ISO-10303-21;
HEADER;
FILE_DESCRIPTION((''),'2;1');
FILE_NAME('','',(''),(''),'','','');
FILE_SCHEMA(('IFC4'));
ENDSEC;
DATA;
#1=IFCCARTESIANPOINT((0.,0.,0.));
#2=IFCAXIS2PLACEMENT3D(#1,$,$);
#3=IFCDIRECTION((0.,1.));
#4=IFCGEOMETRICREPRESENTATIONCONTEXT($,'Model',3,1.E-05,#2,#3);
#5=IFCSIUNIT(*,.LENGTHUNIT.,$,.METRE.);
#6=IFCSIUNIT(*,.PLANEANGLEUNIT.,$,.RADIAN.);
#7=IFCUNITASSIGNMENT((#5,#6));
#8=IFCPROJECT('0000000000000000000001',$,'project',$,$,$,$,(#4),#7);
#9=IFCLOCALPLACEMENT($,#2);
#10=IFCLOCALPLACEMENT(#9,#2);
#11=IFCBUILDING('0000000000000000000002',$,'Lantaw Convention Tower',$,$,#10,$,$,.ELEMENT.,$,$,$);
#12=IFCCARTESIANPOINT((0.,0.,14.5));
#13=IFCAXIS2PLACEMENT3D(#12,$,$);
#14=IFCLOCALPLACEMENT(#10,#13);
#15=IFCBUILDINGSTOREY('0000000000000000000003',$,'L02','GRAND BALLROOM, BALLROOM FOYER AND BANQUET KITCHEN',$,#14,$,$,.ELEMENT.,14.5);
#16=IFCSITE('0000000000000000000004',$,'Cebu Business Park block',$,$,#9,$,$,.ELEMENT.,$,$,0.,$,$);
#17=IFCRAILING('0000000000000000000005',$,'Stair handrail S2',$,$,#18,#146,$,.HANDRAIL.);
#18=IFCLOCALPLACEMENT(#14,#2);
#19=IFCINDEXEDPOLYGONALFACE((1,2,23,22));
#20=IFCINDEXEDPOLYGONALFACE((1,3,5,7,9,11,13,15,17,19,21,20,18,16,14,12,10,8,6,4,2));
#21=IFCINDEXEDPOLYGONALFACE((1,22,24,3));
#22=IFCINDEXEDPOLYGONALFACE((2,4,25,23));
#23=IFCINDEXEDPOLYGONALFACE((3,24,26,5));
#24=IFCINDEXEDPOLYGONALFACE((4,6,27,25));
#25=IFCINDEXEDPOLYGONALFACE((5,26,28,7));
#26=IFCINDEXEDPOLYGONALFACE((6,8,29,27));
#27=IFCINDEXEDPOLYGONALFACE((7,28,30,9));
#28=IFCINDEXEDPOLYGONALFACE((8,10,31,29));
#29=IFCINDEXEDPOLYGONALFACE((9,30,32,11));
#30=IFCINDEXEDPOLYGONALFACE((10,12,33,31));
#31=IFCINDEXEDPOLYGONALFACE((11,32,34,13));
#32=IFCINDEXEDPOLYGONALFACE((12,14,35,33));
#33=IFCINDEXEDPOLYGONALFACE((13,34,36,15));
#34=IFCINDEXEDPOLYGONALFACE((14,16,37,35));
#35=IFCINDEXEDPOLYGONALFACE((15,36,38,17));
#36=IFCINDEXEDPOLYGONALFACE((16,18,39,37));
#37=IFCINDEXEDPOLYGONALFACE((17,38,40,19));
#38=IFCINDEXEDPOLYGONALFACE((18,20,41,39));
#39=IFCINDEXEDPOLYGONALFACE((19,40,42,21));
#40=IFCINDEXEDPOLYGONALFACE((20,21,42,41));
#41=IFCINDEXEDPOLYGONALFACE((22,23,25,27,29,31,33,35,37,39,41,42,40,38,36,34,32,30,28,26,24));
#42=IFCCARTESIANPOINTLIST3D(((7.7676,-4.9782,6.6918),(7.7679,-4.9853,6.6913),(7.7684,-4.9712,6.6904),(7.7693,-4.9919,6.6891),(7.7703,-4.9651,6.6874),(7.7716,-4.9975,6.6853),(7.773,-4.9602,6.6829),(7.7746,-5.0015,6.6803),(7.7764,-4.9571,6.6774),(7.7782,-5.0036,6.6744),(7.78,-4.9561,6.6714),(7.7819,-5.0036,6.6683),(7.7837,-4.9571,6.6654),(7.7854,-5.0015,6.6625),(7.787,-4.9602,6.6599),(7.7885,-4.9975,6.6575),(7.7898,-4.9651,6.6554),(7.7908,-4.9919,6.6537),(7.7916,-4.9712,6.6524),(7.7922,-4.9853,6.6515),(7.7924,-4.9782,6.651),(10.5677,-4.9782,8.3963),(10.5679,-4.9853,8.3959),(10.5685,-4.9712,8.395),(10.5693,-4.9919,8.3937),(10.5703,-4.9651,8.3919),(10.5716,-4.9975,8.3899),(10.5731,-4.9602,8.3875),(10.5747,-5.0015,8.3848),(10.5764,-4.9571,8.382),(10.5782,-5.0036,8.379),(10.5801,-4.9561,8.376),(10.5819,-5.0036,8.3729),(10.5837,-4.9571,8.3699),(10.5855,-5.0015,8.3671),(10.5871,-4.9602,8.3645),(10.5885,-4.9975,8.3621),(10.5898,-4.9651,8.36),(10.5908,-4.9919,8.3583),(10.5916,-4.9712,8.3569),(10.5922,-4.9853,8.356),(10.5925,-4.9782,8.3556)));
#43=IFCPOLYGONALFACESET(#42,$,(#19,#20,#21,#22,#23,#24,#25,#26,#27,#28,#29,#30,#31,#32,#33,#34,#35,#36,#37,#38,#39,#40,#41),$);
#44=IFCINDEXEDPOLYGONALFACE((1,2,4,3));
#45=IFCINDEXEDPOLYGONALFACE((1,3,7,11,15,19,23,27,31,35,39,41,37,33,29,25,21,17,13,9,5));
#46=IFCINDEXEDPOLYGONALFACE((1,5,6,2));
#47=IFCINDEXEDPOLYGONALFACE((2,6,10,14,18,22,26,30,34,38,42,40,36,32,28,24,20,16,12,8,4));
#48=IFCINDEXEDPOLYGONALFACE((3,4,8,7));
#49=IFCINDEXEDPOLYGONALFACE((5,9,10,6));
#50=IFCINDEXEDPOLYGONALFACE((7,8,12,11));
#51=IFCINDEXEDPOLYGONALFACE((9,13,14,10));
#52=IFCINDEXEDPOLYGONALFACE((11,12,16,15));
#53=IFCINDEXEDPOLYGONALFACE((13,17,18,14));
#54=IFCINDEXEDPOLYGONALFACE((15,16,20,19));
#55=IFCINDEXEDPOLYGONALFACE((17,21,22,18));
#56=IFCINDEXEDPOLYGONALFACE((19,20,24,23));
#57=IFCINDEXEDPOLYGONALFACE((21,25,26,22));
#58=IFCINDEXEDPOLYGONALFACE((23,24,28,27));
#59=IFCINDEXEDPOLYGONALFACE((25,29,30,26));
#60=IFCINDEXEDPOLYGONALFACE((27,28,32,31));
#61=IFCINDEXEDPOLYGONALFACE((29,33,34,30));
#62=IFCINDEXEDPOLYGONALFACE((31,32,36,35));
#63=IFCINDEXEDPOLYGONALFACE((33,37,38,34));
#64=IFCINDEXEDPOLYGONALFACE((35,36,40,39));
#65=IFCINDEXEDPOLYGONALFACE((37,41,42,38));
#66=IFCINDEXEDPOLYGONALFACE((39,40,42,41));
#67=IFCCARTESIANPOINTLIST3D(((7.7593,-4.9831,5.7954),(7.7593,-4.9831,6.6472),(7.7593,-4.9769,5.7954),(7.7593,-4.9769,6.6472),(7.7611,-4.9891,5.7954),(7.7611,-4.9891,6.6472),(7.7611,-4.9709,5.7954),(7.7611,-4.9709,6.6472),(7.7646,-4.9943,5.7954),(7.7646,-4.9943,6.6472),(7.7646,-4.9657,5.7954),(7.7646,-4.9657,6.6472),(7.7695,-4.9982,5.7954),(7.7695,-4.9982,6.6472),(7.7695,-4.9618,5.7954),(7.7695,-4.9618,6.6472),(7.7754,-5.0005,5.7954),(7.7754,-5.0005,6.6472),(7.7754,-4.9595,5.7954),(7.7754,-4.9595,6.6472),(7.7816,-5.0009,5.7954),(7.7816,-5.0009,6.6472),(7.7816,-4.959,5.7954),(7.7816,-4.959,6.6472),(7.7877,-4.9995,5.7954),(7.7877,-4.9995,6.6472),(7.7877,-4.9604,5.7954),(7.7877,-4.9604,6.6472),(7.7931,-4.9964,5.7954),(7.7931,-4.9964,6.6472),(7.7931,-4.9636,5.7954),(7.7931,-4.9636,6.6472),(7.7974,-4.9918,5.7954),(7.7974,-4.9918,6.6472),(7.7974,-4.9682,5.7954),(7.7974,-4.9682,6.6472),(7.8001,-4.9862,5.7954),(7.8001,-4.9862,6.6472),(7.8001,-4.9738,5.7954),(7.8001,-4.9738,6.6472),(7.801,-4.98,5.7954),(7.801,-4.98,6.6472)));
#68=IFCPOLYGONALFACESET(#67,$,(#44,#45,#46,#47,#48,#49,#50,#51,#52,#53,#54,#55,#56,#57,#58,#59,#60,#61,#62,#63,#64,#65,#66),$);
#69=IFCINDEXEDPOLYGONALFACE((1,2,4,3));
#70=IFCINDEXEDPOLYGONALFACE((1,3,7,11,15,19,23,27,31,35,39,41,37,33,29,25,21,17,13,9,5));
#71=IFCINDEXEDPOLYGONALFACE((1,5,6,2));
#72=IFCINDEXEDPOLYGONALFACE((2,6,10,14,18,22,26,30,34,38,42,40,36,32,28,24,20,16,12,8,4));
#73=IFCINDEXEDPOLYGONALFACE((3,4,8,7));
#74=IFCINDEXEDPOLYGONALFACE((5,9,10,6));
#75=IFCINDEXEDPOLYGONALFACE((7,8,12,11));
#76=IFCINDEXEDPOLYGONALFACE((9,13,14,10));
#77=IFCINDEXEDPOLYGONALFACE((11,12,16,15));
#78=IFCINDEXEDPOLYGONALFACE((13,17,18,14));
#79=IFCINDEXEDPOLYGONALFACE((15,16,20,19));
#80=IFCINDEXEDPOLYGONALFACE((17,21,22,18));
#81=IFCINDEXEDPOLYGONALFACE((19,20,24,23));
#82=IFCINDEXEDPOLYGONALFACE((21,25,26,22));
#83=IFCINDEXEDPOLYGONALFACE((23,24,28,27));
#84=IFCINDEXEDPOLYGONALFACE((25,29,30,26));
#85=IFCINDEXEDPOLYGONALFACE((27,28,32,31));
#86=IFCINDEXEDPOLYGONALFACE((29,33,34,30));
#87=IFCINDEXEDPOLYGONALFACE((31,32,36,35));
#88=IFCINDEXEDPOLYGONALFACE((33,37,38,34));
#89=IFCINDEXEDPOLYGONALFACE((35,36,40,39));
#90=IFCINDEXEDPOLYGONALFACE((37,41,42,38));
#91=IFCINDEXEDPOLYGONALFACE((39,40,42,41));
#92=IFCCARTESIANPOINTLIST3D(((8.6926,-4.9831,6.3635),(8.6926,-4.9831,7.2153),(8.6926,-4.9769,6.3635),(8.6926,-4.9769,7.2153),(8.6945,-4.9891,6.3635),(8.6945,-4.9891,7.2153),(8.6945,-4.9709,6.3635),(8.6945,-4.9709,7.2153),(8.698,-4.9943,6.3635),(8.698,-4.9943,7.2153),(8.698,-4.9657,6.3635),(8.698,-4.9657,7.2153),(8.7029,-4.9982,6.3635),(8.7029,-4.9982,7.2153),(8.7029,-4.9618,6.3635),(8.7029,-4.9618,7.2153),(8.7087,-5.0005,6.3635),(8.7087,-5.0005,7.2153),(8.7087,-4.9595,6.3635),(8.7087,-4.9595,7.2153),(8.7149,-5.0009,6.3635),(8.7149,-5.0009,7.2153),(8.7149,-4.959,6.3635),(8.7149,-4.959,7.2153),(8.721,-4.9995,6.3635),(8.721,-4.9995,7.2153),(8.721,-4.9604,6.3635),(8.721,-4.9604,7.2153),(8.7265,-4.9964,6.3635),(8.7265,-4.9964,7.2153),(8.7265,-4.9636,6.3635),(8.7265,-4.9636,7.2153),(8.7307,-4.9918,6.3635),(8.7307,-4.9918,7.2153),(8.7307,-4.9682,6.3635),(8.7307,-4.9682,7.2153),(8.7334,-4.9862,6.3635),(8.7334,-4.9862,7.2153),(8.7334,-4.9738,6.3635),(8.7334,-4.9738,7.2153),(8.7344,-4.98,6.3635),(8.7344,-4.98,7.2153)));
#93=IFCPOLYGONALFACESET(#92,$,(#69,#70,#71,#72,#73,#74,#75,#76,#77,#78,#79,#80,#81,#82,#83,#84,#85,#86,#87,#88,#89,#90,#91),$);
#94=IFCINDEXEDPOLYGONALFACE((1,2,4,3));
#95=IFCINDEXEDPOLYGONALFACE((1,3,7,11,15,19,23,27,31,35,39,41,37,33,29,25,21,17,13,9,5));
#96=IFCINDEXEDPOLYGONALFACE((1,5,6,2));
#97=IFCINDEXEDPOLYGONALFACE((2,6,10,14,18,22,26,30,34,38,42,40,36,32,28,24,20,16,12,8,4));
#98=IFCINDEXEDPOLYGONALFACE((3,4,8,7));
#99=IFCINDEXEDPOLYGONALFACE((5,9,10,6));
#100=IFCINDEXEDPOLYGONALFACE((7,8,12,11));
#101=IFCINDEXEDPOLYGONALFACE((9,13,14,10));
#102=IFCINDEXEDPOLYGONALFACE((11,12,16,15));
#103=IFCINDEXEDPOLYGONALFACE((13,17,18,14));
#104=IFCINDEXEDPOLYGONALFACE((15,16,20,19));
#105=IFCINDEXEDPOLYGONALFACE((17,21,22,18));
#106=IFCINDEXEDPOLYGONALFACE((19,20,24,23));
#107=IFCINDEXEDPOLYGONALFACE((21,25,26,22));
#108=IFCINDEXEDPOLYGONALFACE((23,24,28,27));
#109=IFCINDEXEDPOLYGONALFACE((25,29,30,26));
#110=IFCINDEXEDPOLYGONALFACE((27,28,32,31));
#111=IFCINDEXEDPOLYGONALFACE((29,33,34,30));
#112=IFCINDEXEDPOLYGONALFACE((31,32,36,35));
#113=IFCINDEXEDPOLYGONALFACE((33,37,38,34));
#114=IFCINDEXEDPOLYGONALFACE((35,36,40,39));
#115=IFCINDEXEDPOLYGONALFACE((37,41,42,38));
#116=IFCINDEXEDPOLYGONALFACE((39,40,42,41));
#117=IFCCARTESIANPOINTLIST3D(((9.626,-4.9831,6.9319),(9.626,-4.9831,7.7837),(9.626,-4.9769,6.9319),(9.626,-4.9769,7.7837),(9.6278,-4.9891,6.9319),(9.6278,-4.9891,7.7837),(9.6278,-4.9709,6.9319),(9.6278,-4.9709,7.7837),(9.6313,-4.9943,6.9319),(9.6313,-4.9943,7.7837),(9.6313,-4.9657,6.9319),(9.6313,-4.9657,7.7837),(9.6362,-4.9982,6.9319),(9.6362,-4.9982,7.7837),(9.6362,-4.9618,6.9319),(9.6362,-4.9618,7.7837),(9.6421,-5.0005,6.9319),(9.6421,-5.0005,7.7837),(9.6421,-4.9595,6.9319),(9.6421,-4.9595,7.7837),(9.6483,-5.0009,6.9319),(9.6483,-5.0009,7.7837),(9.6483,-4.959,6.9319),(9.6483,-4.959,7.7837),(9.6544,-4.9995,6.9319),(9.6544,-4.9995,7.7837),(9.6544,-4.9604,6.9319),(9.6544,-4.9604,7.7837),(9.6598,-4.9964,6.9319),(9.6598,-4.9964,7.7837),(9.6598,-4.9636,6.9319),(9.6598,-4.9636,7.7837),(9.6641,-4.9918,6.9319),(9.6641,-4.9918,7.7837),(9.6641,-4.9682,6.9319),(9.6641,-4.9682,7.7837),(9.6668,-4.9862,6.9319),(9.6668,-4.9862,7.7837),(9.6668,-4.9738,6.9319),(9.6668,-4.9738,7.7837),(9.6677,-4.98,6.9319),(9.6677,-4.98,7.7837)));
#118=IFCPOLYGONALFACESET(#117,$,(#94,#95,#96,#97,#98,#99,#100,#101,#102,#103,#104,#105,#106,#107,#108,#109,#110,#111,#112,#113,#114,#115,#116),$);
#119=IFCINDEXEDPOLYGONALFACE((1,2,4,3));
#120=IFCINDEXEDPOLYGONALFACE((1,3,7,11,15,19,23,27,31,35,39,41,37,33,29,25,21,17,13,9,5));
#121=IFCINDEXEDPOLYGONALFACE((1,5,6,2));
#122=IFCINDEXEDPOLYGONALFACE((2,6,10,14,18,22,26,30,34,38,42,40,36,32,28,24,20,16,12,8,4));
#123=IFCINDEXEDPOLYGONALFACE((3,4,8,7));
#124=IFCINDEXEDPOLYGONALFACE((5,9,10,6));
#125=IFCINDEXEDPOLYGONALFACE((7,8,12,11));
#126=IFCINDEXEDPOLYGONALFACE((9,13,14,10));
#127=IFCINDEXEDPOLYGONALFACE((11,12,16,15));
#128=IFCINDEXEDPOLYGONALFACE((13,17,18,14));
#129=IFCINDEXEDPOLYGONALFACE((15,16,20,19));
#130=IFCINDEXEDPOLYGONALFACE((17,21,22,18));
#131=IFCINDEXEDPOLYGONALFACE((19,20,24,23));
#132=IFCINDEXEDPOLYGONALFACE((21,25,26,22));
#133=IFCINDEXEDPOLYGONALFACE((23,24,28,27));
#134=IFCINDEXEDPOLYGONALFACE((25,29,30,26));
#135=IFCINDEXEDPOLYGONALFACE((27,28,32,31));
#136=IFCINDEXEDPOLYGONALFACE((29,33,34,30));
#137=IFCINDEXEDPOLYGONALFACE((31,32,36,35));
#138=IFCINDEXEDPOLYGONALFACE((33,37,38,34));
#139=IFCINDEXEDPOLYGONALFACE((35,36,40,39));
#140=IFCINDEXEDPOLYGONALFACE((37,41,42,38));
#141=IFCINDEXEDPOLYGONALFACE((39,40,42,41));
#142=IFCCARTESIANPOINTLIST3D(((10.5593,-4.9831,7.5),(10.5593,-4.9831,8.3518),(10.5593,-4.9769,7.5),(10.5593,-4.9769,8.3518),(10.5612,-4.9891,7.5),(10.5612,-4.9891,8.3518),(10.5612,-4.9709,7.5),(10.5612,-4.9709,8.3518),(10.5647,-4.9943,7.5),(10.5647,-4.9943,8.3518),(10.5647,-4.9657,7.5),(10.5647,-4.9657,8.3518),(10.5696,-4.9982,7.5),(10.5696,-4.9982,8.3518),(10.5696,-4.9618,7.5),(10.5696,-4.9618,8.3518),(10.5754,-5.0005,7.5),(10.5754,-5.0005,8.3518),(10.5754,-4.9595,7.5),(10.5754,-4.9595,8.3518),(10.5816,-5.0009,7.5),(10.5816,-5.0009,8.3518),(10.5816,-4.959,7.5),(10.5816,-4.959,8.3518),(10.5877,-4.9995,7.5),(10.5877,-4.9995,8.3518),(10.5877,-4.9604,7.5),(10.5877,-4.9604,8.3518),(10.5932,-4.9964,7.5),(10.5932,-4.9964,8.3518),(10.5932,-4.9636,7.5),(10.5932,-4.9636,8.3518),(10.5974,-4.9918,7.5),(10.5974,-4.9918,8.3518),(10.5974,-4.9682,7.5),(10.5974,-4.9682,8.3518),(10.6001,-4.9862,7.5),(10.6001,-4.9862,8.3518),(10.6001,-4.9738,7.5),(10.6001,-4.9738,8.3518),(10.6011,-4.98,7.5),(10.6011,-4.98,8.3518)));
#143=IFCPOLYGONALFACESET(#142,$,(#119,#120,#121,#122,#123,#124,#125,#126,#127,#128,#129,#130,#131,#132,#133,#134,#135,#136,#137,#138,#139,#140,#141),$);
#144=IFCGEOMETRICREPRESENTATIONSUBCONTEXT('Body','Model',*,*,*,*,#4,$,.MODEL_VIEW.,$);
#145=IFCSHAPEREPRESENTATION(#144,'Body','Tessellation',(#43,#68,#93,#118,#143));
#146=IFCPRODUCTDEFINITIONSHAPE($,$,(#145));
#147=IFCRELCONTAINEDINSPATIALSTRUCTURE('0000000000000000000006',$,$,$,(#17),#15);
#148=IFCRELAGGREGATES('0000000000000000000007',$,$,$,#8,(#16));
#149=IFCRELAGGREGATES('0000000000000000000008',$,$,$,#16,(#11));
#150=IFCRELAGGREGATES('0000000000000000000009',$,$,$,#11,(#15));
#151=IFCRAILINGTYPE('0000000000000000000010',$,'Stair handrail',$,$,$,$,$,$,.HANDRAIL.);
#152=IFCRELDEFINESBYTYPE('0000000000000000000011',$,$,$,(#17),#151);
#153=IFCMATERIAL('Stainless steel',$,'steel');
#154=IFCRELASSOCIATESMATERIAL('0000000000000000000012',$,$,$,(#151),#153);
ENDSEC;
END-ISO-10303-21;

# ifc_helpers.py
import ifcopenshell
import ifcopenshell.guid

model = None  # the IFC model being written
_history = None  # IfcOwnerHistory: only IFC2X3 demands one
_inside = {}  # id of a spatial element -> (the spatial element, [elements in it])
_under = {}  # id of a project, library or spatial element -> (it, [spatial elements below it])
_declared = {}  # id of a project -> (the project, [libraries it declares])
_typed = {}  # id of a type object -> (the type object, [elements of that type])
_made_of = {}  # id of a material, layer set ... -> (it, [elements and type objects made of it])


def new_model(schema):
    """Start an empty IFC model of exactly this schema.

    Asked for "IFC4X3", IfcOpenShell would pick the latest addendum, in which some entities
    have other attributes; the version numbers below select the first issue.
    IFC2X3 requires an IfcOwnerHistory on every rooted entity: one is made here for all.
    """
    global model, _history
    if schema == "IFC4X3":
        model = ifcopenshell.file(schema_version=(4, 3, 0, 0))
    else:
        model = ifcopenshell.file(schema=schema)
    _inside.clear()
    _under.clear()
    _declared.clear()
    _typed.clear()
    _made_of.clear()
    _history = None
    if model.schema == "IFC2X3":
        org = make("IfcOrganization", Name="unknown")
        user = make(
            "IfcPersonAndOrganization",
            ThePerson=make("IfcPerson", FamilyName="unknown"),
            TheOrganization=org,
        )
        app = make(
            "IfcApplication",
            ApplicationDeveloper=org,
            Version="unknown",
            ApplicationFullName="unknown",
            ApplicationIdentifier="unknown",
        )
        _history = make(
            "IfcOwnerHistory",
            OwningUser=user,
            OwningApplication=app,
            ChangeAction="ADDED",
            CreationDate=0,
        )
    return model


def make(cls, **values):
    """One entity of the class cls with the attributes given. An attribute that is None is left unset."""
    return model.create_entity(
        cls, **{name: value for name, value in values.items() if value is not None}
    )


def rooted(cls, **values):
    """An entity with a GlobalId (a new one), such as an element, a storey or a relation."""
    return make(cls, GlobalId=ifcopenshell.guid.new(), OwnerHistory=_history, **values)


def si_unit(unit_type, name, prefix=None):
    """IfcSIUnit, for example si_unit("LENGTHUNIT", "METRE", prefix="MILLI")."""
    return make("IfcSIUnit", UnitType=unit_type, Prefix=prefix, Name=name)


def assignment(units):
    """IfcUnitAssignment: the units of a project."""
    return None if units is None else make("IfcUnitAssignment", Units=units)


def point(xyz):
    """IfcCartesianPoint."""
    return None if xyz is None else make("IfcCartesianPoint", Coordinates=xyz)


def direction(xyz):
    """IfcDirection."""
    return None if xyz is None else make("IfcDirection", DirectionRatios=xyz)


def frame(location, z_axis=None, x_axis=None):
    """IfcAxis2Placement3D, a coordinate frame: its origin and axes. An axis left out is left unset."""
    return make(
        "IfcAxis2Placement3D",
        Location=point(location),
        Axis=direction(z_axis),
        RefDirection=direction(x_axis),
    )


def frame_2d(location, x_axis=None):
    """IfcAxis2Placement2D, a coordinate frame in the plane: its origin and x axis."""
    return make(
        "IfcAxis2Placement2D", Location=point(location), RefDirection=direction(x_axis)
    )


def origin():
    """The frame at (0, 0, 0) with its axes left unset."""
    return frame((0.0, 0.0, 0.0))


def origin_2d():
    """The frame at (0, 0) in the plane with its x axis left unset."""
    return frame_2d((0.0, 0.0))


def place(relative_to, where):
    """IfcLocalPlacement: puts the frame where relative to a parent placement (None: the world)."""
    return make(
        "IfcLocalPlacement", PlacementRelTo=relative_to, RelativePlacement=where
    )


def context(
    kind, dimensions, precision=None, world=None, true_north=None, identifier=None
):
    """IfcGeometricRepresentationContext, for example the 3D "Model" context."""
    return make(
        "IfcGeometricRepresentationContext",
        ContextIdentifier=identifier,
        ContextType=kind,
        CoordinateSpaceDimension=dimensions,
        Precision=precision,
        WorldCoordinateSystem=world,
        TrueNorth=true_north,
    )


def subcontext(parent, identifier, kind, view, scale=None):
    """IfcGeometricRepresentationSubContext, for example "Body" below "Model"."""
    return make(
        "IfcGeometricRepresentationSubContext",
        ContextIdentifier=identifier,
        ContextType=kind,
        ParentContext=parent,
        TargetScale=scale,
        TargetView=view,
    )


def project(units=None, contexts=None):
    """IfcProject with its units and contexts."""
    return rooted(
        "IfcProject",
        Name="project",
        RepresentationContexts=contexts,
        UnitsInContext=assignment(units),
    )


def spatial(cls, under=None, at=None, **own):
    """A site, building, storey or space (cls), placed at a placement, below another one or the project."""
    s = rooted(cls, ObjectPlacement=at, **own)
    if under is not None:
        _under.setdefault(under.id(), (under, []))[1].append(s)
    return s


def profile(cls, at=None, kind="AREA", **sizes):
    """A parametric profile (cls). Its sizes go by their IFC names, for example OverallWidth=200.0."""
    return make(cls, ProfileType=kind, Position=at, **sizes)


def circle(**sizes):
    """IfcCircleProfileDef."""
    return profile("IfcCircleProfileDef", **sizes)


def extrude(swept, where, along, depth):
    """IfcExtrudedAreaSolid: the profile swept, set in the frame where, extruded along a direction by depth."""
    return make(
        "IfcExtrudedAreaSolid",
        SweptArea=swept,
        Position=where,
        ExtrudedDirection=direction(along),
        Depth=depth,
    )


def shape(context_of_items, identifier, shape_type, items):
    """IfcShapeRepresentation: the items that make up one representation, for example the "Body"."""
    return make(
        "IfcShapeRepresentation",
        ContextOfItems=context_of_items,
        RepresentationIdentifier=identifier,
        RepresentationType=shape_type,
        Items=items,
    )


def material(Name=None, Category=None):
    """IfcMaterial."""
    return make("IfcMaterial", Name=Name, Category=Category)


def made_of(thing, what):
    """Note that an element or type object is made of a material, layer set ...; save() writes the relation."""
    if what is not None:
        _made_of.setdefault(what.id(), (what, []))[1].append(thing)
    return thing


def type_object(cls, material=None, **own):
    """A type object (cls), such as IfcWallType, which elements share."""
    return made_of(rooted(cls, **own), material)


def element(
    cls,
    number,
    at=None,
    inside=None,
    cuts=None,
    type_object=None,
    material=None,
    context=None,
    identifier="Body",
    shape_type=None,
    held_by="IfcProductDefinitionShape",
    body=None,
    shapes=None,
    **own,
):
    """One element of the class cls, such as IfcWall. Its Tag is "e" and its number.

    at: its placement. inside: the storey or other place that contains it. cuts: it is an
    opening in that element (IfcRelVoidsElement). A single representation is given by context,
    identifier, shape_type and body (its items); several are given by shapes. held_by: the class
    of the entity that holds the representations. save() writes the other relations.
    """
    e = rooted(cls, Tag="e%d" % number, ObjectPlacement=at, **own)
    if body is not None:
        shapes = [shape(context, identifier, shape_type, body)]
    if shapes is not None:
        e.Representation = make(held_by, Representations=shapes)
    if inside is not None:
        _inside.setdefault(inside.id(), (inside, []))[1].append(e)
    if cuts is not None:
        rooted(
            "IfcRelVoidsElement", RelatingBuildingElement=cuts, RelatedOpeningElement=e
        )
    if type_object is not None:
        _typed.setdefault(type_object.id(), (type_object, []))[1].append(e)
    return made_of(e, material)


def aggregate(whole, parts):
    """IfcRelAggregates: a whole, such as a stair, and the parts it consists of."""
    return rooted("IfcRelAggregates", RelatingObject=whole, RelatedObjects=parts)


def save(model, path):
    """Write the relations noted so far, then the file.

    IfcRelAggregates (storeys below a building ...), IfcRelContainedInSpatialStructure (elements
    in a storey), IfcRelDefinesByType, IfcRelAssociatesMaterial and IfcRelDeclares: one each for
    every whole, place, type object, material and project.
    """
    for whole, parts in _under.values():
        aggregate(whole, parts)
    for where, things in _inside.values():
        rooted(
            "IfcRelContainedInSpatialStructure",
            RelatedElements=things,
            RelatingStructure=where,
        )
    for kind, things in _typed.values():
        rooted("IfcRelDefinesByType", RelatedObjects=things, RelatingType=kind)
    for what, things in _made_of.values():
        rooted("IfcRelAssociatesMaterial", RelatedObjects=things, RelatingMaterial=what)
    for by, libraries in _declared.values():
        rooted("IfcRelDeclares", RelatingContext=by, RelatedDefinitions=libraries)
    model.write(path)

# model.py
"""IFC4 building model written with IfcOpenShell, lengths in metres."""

from ifc_helpers import new_model, si_unit, direction, frame, origin, origin_2d, place, context, subcontext, project, spatial, circle, extrude, material, type_object, element, save


model = new_model("IFC4")

# Units and contexts
model_context = context("Model", 3, precision=1e-05, world=origin(), true_north=direction((0.0, 1.0)))
body_context = subcontext(model_context, "Body", "Model", "MODEL_VIEW")
ifc_project = project(units=[si_unit("LENGTHUNIT", "METRE"), si_unit("PLANEANGLEUNIT", "RADIAN")], contexts=[model_context])

# Site, building, storey
site_placement = place(None, origin())
site = spatial("IfcSite", under=ifc_project, at=site_placement, Name="Cebu Business Park block", CompositionType="ELEMENT", RefElevation=0.0)
building_placement = place(site_placement, origin())
building = spatial("IfcBuilding", under=site, at=building_placement, Name="Lantaw Convention Tower", CompositionType="ELEMENT")
storey_placement = place(building_placement, frame((0.0, 0.0, 14.5)))
storey = spatial("IfcBuildingStorey", under=building, at=storey_placement, Name="L02", Description="GRAND BALLROOM, BALLROOM FOYER AND BANQUET KITCHEN", CompositionType="ELEMENT", Elevation=14.5)

# Railing
ifc_material_1 = material(Name="Stainless steel", Category="steel")
railing_type = type_object("IfcRailingType", Name="Stair handrail", PredefinedType="HANDRAIL", material=ifc_material_1)
railing_1_placement = place(storey_placement, frame((7.78, -4.98, 5.7954)))
element("IfcRailing", 1, at=railing_1_placement, inside=storey, type_object=railing_type, Name="Stair handrail S2", PredefinedType="HANDRAIL", context=body_context, shape_type="SweptSolid", body=[
    extrude(circle(Radius=0.0239, at=origin_2d()), frame((0.0, 0.0, 0.876), z_axis=(0.85417, 0.0, 0.519994), x_axis=(0.0, 1.0, 0.0)), (0.0, 0.0, 1.0), 3.2781),
    extrude(circle(Radius=0.021, at=origin_2d()), origin(), (0.0, 0.0, 1.0), 0.8518),
    extrude(circle(Radius=0.021, at=origin_2d()), frame((0.9333, 0.0, 0.5681)), (0.0, 0.0, 1.0), 0.8518),
    extrude(circle(Radius=0.021, at=origin_2d()), frame((1.8667, 0.0, 1.1365)), (0.0, 0.0, 1.0), 0.8518),
    extrude(circle(Radius=0.021, at=origin_2d()), frame((2.8, 0.0, 1.7046)), (0.0, 0.0, 1.0), 0.8518),
])

save(model, "model.ifc")
